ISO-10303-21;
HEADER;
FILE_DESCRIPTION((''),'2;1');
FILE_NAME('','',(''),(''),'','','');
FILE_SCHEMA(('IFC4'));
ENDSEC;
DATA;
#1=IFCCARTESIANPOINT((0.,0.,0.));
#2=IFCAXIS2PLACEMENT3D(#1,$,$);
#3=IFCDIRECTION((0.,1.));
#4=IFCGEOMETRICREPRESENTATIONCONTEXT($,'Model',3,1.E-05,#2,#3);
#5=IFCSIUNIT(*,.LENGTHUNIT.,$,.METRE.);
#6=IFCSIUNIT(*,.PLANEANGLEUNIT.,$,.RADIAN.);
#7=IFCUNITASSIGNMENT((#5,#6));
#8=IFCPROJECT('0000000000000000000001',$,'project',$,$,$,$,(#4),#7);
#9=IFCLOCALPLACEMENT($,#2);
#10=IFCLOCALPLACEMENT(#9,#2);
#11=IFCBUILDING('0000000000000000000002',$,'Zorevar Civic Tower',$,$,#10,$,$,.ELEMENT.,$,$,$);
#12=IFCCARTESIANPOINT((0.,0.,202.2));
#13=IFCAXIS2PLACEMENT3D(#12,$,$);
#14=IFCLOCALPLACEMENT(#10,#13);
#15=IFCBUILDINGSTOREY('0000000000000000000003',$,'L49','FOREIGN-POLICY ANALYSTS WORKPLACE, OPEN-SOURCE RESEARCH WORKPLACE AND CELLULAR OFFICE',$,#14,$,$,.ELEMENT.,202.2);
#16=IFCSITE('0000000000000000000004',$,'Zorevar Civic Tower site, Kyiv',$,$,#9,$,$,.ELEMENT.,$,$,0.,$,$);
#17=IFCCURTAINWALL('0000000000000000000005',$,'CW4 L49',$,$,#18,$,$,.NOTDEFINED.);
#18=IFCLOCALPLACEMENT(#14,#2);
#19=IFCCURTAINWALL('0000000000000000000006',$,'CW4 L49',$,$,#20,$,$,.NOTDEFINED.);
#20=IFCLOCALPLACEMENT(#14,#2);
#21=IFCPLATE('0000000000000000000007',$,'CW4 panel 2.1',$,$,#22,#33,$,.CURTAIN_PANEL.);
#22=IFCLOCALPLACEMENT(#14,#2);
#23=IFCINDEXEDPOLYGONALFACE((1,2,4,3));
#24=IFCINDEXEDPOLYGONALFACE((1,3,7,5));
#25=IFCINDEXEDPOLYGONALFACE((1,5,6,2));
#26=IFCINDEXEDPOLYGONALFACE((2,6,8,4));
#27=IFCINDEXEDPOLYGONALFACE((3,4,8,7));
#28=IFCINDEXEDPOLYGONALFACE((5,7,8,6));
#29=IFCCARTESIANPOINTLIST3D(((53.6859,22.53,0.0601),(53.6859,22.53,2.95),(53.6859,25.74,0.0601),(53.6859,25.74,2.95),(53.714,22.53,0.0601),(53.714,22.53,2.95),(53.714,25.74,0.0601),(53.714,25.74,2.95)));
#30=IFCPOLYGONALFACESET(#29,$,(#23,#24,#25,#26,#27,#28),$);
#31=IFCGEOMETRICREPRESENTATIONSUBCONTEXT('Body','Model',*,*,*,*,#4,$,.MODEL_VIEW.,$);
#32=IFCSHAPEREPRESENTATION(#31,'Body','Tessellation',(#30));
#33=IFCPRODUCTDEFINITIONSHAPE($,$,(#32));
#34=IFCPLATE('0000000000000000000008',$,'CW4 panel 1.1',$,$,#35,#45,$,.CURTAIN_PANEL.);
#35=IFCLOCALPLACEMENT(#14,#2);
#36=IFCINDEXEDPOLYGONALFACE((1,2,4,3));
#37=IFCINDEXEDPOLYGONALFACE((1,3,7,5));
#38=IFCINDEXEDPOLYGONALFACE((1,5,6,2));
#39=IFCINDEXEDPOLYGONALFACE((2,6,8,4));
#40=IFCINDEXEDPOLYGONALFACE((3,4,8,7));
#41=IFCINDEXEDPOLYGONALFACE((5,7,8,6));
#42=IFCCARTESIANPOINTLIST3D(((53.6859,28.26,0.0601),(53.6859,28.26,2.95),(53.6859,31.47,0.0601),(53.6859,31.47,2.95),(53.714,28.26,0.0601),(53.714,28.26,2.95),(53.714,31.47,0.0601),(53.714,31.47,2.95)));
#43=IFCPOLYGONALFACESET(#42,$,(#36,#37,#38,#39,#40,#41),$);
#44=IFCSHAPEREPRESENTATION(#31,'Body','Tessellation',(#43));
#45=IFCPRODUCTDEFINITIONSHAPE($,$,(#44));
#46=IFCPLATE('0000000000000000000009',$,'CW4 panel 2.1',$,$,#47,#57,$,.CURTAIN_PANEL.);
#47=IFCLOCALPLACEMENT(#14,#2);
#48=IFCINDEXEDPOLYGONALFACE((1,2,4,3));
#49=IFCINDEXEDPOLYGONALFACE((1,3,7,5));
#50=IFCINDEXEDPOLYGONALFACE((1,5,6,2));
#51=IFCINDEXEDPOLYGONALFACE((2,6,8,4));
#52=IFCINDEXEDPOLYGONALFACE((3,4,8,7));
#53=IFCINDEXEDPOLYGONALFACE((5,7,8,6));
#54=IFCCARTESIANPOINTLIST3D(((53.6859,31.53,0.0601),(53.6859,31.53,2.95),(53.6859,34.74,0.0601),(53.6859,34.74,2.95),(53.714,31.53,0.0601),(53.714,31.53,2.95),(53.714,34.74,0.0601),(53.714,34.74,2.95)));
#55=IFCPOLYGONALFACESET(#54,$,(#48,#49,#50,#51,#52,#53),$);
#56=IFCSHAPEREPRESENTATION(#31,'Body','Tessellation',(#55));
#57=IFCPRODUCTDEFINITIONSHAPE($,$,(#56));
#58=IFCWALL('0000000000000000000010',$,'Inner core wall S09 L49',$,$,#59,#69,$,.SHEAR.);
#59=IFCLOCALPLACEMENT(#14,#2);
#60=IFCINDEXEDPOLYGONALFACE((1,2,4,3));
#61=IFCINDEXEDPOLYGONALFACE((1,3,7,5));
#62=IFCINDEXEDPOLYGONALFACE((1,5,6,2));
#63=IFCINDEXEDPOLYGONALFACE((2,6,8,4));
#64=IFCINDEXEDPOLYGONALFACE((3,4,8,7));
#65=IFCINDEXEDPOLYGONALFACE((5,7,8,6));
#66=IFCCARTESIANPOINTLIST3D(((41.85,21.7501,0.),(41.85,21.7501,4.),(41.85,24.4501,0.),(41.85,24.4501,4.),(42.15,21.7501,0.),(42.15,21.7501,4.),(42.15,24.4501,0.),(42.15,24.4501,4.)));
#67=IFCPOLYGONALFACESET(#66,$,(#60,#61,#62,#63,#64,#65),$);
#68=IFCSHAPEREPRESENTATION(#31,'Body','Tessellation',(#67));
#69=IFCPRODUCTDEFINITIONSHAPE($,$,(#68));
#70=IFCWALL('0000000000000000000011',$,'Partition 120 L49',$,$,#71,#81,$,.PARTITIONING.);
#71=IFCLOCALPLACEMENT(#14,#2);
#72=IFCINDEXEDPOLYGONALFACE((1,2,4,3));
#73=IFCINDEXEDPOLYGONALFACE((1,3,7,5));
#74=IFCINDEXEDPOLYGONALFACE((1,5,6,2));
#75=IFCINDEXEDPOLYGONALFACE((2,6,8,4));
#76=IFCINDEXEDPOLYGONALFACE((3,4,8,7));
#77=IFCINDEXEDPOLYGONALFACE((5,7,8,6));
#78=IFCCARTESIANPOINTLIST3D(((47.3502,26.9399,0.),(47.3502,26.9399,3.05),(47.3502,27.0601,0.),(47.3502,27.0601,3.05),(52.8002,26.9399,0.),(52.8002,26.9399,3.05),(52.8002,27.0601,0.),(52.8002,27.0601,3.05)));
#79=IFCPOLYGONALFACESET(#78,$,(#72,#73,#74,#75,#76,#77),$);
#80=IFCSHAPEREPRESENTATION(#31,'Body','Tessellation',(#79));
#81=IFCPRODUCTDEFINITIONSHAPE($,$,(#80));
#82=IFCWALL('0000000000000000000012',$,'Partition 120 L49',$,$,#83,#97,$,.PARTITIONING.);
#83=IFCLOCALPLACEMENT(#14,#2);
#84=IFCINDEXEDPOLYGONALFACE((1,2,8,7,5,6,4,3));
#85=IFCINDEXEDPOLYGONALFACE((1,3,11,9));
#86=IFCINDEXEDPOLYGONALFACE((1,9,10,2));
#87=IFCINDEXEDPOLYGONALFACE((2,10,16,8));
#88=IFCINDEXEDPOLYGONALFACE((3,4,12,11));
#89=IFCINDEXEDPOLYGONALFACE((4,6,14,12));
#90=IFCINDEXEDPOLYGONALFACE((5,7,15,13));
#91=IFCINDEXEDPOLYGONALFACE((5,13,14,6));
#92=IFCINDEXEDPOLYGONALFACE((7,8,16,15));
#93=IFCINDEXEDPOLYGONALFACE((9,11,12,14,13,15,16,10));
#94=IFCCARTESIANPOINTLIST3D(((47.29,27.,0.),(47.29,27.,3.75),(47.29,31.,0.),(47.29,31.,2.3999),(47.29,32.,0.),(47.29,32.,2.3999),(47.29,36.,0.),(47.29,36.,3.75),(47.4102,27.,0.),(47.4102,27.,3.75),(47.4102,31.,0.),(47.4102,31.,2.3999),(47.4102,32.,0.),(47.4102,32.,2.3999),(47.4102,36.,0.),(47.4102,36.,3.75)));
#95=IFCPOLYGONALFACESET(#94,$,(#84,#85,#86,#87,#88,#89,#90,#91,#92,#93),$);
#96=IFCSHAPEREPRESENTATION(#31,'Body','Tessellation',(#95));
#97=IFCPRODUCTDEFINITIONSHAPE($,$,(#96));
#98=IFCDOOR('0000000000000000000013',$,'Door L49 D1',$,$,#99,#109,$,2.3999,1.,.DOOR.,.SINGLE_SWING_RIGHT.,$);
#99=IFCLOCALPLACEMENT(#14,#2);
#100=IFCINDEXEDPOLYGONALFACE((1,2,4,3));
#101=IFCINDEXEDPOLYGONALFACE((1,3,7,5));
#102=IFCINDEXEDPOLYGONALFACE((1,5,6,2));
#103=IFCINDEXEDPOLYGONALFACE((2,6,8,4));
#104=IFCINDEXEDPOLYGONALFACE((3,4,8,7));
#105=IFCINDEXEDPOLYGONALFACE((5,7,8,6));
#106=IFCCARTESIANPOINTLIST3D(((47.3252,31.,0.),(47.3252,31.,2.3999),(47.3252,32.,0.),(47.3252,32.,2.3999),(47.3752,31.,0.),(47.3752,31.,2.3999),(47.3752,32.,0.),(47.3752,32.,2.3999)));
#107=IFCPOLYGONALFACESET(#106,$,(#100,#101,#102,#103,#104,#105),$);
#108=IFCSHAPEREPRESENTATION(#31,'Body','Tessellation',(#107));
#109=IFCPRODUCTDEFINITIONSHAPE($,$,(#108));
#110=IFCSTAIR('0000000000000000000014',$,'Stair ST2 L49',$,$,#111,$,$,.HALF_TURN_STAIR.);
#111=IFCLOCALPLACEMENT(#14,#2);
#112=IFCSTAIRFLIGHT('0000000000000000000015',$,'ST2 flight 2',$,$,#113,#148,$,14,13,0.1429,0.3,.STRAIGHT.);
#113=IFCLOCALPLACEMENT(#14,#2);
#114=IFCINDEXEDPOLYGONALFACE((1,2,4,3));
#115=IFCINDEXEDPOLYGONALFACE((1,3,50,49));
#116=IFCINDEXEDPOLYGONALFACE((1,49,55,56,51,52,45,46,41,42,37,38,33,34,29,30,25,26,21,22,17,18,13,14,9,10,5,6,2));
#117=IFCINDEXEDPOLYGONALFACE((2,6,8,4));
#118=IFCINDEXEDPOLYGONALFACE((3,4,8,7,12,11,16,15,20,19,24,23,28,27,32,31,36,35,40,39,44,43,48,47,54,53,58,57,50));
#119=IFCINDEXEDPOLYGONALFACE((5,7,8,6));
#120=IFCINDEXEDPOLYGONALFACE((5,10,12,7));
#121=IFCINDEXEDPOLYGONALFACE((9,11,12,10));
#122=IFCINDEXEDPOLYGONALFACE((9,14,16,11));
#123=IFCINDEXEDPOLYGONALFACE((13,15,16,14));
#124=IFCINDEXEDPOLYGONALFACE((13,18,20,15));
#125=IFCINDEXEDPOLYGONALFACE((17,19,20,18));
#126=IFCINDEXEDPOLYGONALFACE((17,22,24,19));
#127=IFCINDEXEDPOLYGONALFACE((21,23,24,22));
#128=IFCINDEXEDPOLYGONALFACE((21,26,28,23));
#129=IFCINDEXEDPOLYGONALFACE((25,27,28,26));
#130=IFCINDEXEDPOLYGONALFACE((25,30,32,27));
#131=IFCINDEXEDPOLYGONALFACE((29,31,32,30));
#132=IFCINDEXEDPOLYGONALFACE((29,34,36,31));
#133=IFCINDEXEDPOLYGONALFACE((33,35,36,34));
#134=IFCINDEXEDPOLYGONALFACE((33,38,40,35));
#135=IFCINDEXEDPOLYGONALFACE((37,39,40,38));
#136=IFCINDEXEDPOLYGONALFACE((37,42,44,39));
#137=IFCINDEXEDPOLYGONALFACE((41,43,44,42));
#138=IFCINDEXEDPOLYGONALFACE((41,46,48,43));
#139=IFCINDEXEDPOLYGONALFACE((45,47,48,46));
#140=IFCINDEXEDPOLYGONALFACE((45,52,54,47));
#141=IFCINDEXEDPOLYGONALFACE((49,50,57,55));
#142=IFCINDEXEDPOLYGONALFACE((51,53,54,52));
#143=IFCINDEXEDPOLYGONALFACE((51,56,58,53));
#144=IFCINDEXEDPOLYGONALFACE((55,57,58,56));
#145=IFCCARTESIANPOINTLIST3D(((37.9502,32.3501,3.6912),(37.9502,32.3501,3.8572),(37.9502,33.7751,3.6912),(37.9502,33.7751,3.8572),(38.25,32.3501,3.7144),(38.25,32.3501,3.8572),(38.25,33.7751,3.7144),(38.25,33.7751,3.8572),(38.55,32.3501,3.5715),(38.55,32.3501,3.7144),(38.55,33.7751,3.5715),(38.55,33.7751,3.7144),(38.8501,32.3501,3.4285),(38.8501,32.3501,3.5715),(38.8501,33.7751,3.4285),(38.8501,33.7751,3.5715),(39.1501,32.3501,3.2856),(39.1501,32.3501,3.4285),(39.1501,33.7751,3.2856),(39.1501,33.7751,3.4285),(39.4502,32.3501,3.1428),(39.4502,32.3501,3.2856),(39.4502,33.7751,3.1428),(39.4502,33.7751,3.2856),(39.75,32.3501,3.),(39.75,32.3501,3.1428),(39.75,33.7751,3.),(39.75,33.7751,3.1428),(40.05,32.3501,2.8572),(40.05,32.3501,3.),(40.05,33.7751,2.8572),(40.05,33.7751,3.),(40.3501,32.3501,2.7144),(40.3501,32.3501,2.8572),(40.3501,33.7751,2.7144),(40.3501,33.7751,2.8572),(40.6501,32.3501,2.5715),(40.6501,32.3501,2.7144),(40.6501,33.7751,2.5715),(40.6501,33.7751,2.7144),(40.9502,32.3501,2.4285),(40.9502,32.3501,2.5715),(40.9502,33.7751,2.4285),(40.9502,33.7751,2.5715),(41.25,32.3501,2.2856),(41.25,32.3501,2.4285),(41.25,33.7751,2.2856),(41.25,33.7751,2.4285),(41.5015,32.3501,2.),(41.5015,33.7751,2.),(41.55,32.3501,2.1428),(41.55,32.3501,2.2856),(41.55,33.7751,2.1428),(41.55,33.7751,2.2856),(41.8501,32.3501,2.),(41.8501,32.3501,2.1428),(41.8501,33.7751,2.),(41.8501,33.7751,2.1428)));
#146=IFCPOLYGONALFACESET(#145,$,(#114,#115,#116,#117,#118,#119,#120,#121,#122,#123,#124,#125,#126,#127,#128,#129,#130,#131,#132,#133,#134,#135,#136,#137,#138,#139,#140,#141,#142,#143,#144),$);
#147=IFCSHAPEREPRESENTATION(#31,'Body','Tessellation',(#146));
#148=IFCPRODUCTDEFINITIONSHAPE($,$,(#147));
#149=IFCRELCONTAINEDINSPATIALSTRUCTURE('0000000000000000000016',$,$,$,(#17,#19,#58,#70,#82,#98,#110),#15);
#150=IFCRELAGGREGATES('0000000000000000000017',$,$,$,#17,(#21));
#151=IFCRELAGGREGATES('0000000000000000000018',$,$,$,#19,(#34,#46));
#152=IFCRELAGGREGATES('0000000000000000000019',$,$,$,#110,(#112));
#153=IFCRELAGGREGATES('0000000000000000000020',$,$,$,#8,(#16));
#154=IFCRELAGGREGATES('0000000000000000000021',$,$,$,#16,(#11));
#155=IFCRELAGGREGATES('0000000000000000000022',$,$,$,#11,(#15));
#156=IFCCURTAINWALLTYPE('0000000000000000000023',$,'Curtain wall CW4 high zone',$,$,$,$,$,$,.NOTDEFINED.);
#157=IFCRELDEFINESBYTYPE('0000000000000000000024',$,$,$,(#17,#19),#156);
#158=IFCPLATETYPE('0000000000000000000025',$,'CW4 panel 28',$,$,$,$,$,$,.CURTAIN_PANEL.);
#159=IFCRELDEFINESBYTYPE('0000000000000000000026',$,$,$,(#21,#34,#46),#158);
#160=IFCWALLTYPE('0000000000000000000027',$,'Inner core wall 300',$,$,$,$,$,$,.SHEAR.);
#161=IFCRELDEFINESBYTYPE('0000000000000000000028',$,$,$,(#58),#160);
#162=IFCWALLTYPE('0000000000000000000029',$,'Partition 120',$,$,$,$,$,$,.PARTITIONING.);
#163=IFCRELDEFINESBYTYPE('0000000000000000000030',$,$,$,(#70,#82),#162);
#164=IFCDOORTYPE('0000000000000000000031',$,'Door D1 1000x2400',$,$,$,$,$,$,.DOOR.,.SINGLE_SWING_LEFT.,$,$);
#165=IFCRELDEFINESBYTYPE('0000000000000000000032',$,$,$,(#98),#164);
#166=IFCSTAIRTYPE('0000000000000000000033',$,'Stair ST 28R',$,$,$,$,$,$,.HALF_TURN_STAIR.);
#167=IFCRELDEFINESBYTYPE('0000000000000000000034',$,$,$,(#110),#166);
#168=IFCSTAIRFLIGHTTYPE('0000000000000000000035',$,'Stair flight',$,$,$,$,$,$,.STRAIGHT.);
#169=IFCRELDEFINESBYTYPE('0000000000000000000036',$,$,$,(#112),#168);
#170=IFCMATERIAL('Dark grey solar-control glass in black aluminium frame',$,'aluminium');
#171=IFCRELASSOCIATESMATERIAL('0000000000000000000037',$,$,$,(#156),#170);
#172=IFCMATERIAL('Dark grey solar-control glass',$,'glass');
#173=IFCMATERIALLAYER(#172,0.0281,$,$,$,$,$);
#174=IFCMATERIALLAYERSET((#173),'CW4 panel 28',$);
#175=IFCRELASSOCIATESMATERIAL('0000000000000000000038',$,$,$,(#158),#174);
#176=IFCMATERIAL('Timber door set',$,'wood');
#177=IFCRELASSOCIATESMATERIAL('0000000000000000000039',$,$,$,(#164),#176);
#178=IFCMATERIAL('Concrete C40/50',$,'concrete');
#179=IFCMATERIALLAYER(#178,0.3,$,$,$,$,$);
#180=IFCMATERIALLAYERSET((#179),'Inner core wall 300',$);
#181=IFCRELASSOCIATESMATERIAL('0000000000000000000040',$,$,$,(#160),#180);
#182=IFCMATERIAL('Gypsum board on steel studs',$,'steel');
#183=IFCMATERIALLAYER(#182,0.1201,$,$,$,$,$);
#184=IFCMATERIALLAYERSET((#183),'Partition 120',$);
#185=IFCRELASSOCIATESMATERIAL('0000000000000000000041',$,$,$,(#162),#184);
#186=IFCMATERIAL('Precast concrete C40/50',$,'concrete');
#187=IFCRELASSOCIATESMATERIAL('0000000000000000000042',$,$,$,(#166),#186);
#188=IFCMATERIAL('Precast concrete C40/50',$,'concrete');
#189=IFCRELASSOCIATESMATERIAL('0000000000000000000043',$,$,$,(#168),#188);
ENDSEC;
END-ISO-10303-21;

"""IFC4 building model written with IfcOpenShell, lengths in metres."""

from ifc_helpers import new_model, si_unit, direction, frame, frame_2d, origin, origin_2d, place, context, subcontext, project, spatial, polyline, rectangle, outline, extrude, material, layer, layer_set, type_object, element, fill, aggregate, save


model = new_model("IFC4")

# Units and contexts
model_context = context("Model", 3, precision=1e-05, world=origin(), true_north=direction((0.0, 1.0)))
body_context = subcontext(model_context, "Body", "Model", "MODEL_VIEW")
ifc_project = project(units=[si_unit("LENGTHUNIT", "METRE"), si_unit("PLANEANGLEUNIT", "RADIAN")], contexts=[model_context])

# Site, building, storey
site_placement = place(None, origin())
site = spatial("IfcSite", under=ifc_project, at=site_placement, Name="Zorevar Civic Tower site, Kyiv", CompositionType="ELEMENT", RefElevation=0.0)
building_placement = place(site_placement, origin())
building = spatial("IfcBuilding", under=site, at=building_placement, Name="Zorevar Civic Tower", CompositionType="ELEMENT")
storey_placement = place(building_placement, frame((0.0, 0.0, 202.2)))
storey = spatial("IfcBuildingStorey", under=building, at=storey_placement, Name="L49", Description="FOREIGN-POLICY ANALYSTS WORKPLACE, OPEN-SOURCE RESEARCH WORKPLACE AND CELLULAR OFFICE", CompositionType="ELEMENT", Elevation=202.2)

# Curtain walls
ifc_material_1 = material(Name="Dark grey solar-control glass in black aluminium frame", Category="aluminium")
curtain_wall_type = type_object("IfcCurtainWallType", Name="Curtain wall CW4 high zone", PredefinedType="NOTDEFINED", material=ifc_material_1)
curtain_wall_1_placement = place(storey_placement, origin())
curtain_wall_1 = element("IfcCurtainWall", 1, at=curtain_wall_1_placement, inside=storey, type_object=curtain_wall_type, Name="CW4 L49", PredefinedType="NOTDEFINED")
curtain_wall_2_placement = place(storey_placement, origin())
curtain_wall_2 = element("IfcCurtainWall", 2, at=curtain_wall_2_placement, inside=storey, type_object=curtain_wall_type, Name="CW4 L49", PredefinedType="NOTDEFINED")

# Plates
ifc_material_2 = material(Name="Dark grey solar-control glass", Category="glass")
ifc_layer_1 = layer(ifc_material_2, 0.0281)
ifc_layer_set_1 = layer_set([ifc_layer_1], Name="CW4 panel 28")
plate_type = type_object("IfcPlateType", Name="CW4 panel 28", PredefinedType="CURTAIN_PANEL", material=ifc_layer_set_1)
plate_1_placement = place(storey_placement, frame((53.7, 24.135, 0.0601), z_axis=(0.0, 0.0, 1.0), x_axis=(0.0, 1.0, 0.0)))
plate_1 = element("IfcPlate", 3, at=plate_1_placement, type_object=plate_type, Name="CW4 panel 2.1", PredefinedType="CURTAIN_PANEL", context=body_context, shape_type="SweptSolid", body=[
    extrude(rectangle(XDim=3.21, YDim=0.0281, at=origin_2d()), origin(), (0.0, 0.0, 1.0), 2.8899),
])
aggregate(curtain_wall_1, [plate_1])
plate_2_placement = place(storey_placement, frame((53.7, 29.865, 0.0601), z_axis=(0.0, 0.0, 1.0), x_axis=(0.0, 1.0, 0.0)))
plate_2 = element("IfcPlate", 4, at=plate_2_placement, type_object=plate_type, Name="CW4 panel 1.1", PredefinedType="CURTAIN_PANEL", context=body_context, shape_type="SweptSolid", body=[
    extrude(rectangle(XDim=3.21, YDim=0.0281, at=origin_2d()), origin(), (0.0, 0.0, 1.0), 2.8899),
])
plate_3_placement = place(storey_placement, frame((53.7, 33.135, 0.0601), z_axis=(0.0, 0.0, 1.0), x_axis=(0.0, 1.0, 0.0)))
plate_3 = element("IfcPlate", 5, at=plate_3_placement, type_object=plate_type, Name="CW4 panel 2.1", PredefinedType="CURTAIN_PANEL", context=body_context, shape_type="SweptSolid", body=[
    extrude(rectangle(XDim=3.21, YDim=0.0281, at=origin_2d()), origin(), (0.0, 0.0, 1.0), 2.8899),
])
aggregate(curtain_wall_2, [plate_2, plate_3])

# Shared definitions
ifc_material_3 = material(Name="Timber door set", Category="wood")
door_type_1 = type_object("IfcDoorType", Name="Door D1 1000x2400", OperationType="SINGLE_SWING_LEFT", PredefinedType="DOOR", material=ifc_material_3)

# Shared definitions
ifc_material_4 = material(Name="Concrete C40/50", Category="concrete")
ifc_layer_2 = layer(ifc_material_4, 0.3)
ifc_layer_set_2 = layer_set([ifc_layer_2], Name="Inner core wall 300")
wall_type_1 = type_object("IfcWallType", Name="Inner core wall 300", PredefinedType="SHEAR", material=ifc_layer_set_2)

# Walls
wall_1_placement = place(storey_placement, frame((42.0, 21.75, 0.0), z_axis=(0.0, 0.0, 1.0), x_axis=(0.0, 1.0, 0.0)))
element("IfcWall", 6, at=wall_1_placement, inside=storey, type_object=wall_type_1, Name="Inner core wall S09 L49", PredefinedType="SHEAR", context=body_context, shape_type="SweptSolid", body=[
    extrude(rectangle(XDim=2.7, YDim=0.3, at=frame_2d((1.3501, 0.0))), origin(), (0.0, 0.0, 1.0), 4.0),
])
ifc_material_5 = material(Name="Gypsum board on steel studs", Category="steel")
ifc_layer_3 = layer(ifc_material_5, 0.1201)
ifc_layer_set_3 = layer_set([ifc_layer_3], Name="Partition 120")
wall_type_2 = type_object("IfcWallType", Name="Partition 120", PredefinedType="PARTITIONING", material=ifc_layer_set_3)
wall_2_placement = place(storey_placement, frame((47.3501, 27.0, 0.0), z_axis=(0.0, 0.0, 1.0), x_axis=(1.0, 0.0, 0.0)))
element("IfcWall", 7, at=wall_2_placement, inside=storey, type_object=wall_type_2, Name="Partition 120 L49", PredefinedType="PARTITIONING", context=body_context, shape_type="SweptSolid", body=[
    extrude(rectangle(XDim=5.45, YDim=0.1201, at=frame_2d((2.7251, 0.0))), origin(), (0.0, 0.0, 1.0), 3.05),
])

# Wall, opening, door
wall_3_placement = place(storey_placement, frame((47.3501, 27.0, 0.0), z_axis=(0.0, 0.0, 1.0), x_axis=(0.0, 1.0, 0.0)))
wall_3 = element("IfcWall", 8, at=wall_3_placement, inside=storey, type_object=wall_type_2, Name="Partition 120 L49", PredefinedType="PARTITIONING", context=body_context, shape_type="SweptSolid", body=[
    extrude(rectangle(XDim=9.0, YDim=0.1201, at=frame_2d((4.5, 0.0))), origin(), (0.0, 0.0, 1.0), 3.75),
])
opening_1_placement = place(wall_3_placement, frame((4.0, 0.0, 0.0)))
opening_1 = element("IfcOpeningElement", 9, at=opening_1_placement, cuts=wall_3, PredefinedType="OPENING", context=body_context, shape_type="SweptSolid", body=[
    extrude(rectangle(XDim=1.0, YDim=2.3999, at=frame_2d((0.5, 1.2))), frame((0.0, 0.0701, 0.0), z_axis=(0.0, -1.0, 0.0), x_axis=(1.0, 0.0, 0.0)), (0.0, 0.0, 1.0), 0.1401),
])
door_1_placement = place(opening_1_placement, origin())
door_1 = element("IfcDoor", 10, at=door_1_placement, inside=storey, type_object=door_type_1, Name="Door L49 D1", OperationType="SINGLE_SWING_RIGHT", OverallHeight=2.3999, OverallWidth=1.0, PredefinedType="DOOR", context=body_context, shape_type="SweptSolid", body=[
    extrude(rectangle(XDim=1.0, YDim=2.3999, at=frame_2d((0.5, 1.2))), frame((0.0, 0.0249, 0.0), z_axis=(0.0, -1.0, 0.0), x_axis=(1.0, 0.0, 0.0)), (0.0, 0.0, 1.0), 0.05),
])
fill(opening_1, door_1)

# Stair, stair flight
ifc_material_6 = material(Name="Precast concrete C40/50", Category="concrete")
stair_type = type_object("IfcStairType", Name="Stair ST 28R", PredefinedType="HALF_TURN_STAIR", material=ifc_material_6)
stair_placement = place(storey_placement, origin())
stair = element("IfcStair", 11, at=stair_placement, inside=storey, type_object=stair_type, Name="Stair ST2 L49", PredefinedType="HALF_TURN_STAIR")
ifc_material_7 = material(Name="Precast concrete C40/50", Category="concrete")
stair_flight_type = type_object("IfcStairFlightType", Name="Stair flight", PredefinedType="STRAIGHT", material=ifc_material_7)
stair_flight_placement = place(storey_placement, frame((41.8501, 33.0625, 2.0), z_axis=(0.0, 0.0, 1.0), x_axis=(-1.0, 0.0, 0.0)))
stair_flight = element("IfcStairFlight", 12, at=stair_flight_placement, type_object=stair_flight_type, Name="ST2 flight 2", NumberOfRisers=14, NumberOfTreads=13, PredefinedType="STRAIGHT", RiserHeight=0.1429, TreadLength=0.3, context=body_context, shape_type="SweptSolid", body=[
    extrude(outline(polyline([(0.0, 0.0), (0.0, 0.1428), (0.3, 0.1428), (0.3, 0.2856), (0.6001, 0.2856), (0.6001, 0.4285), (0.8999, 0.4285), (0.8999, 0.5715), (1.2, 0.5715), (1.2, 0.7144), (1.5, 0.7144), (1.5, 0.8572), (1.8, 0.8572), (1.8, 1.0), (2.1001, 1.0), (2.1001, 1.1428), (2.3999, 1.1428), (2.3999, 1.2856), (2.7, 1.2856), (2.7, 1.4285), (3.0, 1.4285), (3.0, 1.5715), (3.3, 1.5715), (3.3, 1.7144), (3.6001, 1.7144), (3.6001, 1.8572), (3.8999, 1.8572), (3.8999, 2.0), (3.8999, 1.6912), (0.3486, 0.0), (0.0, 0.0)])), frame((0.0, 0.7124, 0.0), z_axis=(0.0, -1.0, 0.0), x_axis=(1.0, 0.0, 0.0)), (0.0, 0.0, 1.0), 1.425),
])
aggregate(stair, [stair_flight])

save(model, "model.ifc")
